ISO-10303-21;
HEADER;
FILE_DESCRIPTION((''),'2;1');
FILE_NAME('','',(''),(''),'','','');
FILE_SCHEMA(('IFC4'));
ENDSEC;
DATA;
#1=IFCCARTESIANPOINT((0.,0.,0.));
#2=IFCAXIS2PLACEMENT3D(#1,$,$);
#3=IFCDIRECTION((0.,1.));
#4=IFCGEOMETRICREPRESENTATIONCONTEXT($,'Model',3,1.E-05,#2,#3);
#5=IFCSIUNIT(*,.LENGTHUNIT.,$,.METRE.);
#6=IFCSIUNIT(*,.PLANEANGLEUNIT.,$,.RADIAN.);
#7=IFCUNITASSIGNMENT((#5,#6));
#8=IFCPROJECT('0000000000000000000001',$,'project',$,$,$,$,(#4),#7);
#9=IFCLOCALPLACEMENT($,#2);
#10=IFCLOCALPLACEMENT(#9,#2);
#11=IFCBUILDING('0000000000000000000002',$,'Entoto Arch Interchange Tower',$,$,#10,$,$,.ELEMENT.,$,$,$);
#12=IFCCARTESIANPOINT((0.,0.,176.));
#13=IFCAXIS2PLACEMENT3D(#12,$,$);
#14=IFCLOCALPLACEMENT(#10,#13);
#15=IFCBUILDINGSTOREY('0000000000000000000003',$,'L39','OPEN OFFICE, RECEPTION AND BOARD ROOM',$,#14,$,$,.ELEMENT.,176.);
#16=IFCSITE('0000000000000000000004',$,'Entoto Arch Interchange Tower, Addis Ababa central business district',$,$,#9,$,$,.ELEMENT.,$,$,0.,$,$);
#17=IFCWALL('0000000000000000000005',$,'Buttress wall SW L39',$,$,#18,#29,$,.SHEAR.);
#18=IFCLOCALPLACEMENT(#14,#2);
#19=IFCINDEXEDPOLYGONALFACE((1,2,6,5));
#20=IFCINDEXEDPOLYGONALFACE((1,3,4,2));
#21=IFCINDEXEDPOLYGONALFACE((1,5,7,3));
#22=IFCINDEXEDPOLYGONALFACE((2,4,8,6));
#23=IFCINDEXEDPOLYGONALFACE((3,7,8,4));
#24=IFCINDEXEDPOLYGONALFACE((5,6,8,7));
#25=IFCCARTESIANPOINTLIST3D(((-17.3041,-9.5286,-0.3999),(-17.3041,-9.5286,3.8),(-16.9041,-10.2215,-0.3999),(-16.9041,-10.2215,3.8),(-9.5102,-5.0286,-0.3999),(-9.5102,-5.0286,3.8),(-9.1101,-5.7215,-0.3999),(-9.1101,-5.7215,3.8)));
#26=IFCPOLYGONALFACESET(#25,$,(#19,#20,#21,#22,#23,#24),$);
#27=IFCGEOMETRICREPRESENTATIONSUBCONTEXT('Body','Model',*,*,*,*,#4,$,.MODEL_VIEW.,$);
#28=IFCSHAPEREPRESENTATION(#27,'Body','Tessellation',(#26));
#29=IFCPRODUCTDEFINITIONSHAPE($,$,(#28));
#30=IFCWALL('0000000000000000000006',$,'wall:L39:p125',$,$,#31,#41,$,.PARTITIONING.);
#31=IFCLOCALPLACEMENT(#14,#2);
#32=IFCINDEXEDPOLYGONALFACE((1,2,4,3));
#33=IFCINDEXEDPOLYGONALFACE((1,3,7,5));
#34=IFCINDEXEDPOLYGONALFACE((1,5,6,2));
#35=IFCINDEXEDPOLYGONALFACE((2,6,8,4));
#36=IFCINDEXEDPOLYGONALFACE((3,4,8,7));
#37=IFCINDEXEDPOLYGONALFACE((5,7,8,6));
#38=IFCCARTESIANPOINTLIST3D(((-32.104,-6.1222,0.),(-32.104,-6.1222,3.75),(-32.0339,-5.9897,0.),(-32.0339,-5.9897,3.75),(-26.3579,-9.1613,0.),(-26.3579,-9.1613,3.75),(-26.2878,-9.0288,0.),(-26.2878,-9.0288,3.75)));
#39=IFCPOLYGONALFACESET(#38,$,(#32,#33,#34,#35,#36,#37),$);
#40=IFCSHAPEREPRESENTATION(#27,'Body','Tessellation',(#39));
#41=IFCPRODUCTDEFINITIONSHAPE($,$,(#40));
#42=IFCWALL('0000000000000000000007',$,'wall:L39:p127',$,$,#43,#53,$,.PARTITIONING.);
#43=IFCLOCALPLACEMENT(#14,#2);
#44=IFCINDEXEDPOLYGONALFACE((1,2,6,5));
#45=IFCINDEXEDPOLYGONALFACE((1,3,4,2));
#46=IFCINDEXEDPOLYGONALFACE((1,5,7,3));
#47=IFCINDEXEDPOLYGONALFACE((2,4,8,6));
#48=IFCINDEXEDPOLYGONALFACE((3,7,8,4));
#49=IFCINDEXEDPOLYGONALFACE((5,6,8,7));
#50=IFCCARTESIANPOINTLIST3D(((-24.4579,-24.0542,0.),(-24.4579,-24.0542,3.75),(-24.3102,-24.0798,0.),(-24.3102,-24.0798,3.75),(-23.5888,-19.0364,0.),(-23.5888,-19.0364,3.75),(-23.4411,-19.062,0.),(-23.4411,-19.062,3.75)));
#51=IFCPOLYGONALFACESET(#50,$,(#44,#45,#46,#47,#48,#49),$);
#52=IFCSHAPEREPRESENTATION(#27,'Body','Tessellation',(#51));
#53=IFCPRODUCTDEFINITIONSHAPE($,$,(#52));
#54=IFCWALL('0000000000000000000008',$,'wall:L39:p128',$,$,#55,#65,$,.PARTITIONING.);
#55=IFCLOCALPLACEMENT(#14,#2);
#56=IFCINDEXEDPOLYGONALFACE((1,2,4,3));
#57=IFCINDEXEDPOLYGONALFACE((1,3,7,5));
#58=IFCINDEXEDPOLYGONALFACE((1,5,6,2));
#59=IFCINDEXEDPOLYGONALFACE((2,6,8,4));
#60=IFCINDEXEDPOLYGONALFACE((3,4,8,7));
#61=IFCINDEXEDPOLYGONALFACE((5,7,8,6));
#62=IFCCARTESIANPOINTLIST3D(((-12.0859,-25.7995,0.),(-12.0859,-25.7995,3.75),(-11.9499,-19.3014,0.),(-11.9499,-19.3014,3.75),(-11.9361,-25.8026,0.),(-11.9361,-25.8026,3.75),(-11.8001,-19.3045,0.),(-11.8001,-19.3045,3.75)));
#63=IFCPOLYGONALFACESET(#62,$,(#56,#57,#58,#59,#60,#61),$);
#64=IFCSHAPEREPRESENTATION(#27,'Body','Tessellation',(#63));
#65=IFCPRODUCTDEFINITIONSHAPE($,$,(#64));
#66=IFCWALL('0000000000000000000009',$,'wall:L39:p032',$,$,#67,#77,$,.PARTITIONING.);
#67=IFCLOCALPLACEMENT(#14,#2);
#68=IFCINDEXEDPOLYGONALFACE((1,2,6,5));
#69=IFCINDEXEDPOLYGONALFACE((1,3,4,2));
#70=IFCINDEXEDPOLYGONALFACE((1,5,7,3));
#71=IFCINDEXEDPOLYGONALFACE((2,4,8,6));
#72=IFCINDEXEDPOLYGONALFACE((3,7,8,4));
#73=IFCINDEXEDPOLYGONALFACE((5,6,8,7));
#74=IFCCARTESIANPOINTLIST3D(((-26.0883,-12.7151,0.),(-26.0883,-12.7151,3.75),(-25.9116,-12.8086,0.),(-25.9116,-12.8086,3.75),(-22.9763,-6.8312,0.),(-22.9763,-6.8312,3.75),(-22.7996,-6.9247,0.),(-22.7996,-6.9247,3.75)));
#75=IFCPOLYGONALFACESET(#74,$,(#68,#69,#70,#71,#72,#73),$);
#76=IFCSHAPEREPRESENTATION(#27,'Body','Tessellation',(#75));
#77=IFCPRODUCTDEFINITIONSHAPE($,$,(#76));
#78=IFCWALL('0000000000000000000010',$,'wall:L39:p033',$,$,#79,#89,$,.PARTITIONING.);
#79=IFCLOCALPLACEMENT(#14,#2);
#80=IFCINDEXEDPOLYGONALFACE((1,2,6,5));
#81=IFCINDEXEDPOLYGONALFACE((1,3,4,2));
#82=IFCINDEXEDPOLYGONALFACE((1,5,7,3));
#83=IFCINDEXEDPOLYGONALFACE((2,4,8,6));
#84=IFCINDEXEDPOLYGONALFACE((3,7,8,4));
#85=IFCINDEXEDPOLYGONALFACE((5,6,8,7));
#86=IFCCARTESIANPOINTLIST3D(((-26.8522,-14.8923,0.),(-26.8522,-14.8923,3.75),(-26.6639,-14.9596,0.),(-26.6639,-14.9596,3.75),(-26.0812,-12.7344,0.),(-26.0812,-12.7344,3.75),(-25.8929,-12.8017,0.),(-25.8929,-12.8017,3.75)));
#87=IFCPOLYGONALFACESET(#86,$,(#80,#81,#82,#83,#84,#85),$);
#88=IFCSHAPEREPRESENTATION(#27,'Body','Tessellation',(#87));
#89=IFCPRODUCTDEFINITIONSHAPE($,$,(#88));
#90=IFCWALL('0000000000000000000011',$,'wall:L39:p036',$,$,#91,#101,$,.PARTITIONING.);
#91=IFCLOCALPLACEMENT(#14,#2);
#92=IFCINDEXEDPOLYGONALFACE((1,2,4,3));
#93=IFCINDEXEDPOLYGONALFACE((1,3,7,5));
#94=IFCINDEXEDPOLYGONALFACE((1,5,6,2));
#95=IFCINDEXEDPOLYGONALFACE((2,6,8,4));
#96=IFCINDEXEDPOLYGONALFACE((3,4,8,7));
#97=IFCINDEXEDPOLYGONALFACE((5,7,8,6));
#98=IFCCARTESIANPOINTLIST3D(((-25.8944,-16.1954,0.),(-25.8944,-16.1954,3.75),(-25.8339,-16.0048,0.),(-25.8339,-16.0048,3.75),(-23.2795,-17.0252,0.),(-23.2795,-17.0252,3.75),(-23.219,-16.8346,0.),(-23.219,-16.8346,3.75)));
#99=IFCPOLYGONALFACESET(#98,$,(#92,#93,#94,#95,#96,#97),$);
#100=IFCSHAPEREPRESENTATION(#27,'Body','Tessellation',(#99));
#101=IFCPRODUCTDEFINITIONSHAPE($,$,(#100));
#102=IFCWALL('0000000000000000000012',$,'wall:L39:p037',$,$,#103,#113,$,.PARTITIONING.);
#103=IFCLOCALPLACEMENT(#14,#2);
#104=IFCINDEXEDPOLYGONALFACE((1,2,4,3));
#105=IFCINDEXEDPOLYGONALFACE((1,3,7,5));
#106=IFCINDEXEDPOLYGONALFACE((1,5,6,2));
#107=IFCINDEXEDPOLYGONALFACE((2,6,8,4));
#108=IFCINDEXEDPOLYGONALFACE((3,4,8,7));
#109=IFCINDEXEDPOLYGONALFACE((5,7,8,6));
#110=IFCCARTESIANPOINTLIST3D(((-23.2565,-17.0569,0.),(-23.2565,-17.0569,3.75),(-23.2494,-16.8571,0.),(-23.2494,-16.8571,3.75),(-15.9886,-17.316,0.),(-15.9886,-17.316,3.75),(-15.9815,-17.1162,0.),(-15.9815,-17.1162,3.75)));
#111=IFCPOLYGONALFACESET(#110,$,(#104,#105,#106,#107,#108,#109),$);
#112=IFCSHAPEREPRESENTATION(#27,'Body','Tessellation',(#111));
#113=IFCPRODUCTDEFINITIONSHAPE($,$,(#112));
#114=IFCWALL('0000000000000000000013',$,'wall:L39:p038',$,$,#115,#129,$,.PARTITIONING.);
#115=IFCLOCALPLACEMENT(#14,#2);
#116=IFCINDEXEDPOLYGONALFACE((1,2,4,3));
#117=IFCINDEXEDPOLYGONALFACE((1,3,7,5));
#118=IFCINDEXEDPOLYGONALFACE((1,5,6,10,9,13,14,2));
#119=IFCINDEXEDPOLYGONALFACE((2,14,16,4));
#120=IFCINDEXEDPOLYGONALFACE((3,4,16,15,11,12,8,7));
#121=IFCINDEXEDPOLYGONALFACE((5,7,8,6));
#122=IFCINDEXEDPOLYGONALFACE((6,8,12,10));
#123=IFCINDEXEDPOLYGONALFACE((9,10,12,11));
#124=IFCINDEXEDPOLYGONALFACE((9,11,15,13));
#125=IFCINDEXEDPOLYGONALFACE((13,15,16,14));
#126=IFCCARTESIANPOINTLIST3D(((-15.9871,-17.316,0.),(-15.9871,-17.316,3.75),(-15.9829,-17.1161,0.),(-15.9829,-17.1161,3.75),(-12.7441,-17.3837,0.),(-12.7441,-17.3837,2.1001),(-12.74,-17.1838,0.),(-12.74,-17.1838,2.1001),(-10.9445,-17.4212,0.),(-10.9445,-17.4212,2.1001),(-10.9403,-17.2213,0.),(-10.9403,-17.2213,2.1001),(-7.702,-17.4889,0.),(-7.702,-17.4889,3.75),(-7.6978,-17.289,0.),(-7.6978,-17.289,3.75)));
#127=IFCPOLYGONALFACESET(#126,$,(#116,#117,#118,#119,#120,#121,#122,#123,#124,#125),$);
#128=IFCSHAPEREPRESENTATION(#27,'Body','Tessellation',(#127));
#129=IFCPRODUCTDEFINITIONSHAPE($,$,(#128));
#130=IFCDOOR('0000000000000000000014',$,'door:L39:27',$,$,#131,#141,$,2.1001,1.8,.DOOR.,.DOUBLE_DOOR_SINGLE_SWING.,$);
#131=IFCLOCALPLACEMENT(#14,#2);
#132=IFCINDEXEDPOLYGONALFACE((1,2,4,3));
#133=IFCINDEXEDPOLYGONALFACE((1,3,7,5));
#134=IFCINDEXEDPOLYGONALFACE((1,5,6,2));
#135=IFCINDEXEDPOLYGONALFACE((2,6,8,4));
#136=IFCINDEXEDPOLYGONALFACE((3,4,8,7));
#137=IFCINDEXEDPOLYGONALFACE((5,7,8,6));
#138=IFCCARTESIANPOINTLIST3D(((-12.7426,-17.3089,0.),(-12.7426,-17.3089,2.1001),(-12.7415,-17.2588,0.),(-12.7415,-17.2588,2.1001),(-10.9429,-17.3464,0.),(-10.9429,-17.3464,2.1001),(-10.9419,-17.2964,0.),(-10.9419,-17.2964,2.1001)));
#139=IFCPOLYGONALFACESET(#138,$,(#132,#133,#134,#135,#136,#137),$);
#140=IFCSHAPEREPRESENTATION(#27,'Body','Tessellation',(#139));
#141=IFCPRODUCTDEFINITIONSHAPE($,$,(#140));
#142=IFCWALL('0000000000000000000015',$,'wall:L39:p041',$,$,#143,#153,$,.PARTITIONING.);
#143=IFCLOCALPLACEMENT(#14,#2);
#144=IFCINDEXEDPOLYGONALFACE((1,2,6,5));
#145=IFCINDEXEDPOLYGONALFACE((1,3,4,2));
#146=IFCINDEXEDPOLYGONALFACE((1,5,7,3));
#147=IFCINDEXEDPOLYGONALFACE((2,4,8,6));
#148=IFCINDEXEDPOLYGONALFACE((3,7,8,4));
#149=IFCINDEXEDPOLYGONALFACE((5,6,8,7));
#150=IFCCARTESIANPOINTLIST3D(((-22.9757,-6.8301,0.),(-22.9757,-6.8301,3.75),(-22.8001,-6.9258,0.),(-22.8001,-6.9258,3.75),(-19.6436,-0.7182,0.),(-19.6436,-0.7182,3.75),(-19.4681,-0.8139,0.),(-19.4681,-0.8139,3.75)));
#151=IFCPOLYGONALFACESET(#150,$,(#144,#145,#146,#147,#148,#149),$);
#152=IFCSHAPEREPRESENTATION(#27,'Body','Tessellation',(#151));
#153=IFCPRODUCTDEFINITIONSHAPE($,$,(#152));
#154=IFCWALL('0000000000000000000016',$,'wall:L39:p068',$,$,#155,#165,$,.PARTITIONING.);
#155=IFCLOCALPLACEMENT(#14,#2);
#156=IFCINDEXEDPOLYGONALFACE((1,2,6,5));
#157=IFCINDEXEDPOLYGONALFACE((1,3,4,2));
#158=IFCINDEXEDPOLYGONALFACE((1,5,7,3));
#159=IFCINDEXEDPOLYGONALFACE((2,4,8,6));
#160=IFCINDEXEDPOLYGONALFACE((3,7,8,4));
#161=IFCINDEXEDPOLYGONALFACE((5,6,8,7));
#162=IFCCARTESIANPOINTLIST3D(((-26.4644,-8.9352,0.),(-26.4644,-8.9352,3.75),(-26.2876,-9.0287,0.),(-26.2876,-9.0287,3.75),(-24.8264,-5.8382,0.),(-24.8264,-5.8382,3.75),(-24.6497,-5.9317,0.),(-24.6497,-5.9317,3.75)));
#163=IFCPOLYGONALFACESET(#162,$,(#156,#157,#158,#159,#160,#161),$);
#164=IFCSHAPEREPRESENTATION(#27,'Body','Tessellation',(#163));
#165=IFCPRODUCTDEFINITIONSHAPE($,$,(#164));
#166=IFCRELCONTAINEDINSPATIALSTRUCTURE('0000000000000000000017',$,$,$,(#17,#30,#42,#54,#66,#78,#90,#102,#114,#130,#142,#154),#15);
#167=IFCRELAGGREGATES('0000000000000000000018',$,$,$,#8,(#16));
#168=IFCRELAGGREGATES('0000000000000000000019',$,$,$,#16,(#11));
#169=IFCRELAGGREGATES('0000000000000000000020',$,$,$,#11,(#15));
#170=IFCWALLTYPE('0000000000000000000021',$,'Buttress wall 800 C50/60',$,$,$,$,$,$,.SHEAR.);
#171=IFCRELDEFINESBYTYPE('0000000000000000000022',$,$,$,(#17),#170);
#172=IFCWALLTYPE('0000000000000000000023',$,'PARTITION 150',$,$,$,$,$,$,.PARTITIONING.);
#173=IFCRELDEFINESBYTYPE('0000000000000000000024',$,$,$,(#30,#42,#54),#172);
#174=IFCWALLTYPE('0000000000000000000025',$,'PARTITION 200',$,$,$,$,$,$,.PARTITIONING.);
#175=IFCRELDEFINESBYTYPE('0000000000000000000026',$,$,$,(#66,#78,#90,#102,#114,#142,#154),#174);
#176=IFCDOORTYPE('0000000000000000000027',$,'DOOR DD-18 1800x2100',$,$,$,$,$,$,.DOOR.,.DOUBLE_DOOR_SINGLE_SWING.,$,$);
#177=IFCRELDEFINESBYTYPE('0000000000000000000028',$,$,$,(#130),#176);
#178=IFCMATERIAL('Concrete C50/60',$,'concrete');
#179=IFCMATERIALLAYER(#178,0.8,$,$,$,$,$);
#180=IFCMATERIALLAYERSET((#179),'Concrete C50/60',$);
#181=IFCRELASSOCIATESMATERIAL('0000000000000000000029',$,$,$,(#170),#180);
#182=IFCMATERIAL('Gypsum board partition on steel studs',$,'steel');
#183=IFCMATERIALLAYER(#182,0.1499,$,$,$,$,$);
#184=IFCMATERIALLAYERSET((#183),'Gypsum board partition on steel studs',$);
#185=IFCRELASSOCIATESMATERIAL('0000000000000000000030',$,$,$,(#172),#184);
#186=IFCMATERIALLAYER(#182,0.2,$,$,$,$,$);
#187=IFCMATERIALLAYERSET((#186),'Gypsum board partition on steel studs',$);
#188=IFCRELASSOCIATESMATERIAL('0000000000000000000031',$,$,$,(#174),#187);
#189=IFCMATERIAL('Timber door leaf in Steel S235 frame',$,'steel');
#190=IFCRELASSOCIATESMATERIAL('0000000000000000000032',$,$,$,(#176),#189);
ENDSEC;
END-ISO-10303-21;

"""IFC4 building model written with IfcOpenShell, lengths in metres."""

from ifc_helpers import new_model, si_unit, direction, frame, frame_2d, origin, place, context, subcontext, project, spatial, rectangle, extrude, material, layer, layer_set, type_object, element, fill, save


model = new_model("IFC4")

# Units and contexts
model_context = context("Model", 3, precision=1e-05, world=origin(), true_north=direction((0.0, 1.0)))
body_context = subcontext(model_context, "Body", "Model", "MODEL_VIEW")
ifc_project = project(units=[si_unit("LENGTHUNIT", "METRE"), si_unit("PLANEANGLEUNIT", "RADIAN")], contexts=[model_context])

# Site, building, storey
site_placement = place(None, origin())
site = spatial("IfcSite", under=ifc_project, at=site_placement, Name="Entoto Arch Interchange Tower, Addis Ababa central business district", CompositionType="ELEMENT", RefElevation=0.0)
building_placement = place(site_placement, origin())
building = spatial("IfcBuilding", under=site, at=building_placement, Name="Entoto Arch Interchange Tower", CompositionType="ELEMENT")
storey_placement = place(building_placement, frame((0.0, 0.0, 176.0)))
storey = spatial("IfcBuildingStorey", under=building, at=storey_placement, Name="L39", Description="OPEN OFFICE, RECEPTION AND BOARD ROOM", CompositionType="ELEMENT", Elevation=176.0)

# Walls
ifc_material_1 = material(Name="Concrete C50/60", Category="concrete")
ifc_layer_1 = layer(ifc_material_1, 0.8)
ifc_layer_set_1 = layer_set([ifc_layer_1], Name="Concrete C50/60")
wall_type_1 = type_object("IfcWallType", Name="Buttress wall 800 C50/60", PredefinedType="SHEAR", material=ifc_layer_set_1)
wall_1_placement = place(storey_placement, frame((-9.3101, -5.375, -0.3999), z_axis=(0.0, 0.0, 1.0), x_axis=(-0.866018, -0.500014, 0.0)))
element("IfcWall", 1, at=wall_1_placement, inside=storey, type_object=wall_type_1, Name="Buttress wall SW L39", PredefinedType="SHEAR", context=body_context, shape_type="SweptSolid", body=[
    extrude(rectangle(XDim=8.9998, YDim=0.8, at=frame_2d((4.5, 0.0))), origin(), (0.0, 0.0, 1.0), 4.2),
])
ifc_material_2 = material(Name="Gypsum board partition on steel studs", Category="steel")
ifc_layer_2 = layer(ifc_material_2, 0.1499)
ifc_layer_set_2 = layer_set([ifc_layer_2], Name="Gypsum board partition on steel studs")
wall_type_2 = type_object("IfcWallType", Name="PARTITION 150", PredefinedType="PARTITIONING", material=ifc_layer_set_2)
wall_2_placement = place(storey_placement, frame((-26.323, -9.095, 0.0), z_axis=(0.0, 0.0, 1.0), x_axis=(-0.883978, 0.467529, 0.0)))
element("IfcWall", 2, at=wall_2_placement, inside=storey, type_object=wall_type_2, Name="wall:L39:p125", PredefinedType="PARTITIONING", context=body_context, shape_type="SweptSolid", body=[
    extrude(rectangle(XDim=6.5002, YDim=0.1499, at=frame_2d((3.25, 0.0))), origin(), (0.0, 0.0, 1.0), 3.75),
])
wall_3_placement = place(storey_placement, frame((-23.5149, -19.0491, 0.0), z_axis=(0.0, 0.0, 1.0), x_axis=(-0.170669, -0.985328, 0.0)))
element("IfcWall", 3, at=wall_3_placement, inside=storey, type_object=wall_type_2, Name="wall:L39:p127", PredefinedType="PARTITIONING", context=body_context, shape_type="SweptSolid", body=[
    extrude(rectangle(XDim=5.0925, YDim=0.1499, at=frame_2d((2.5464, 0.0))), origin(), (0.0, 0.0, 1.0), 3.75),
])
wall_4_placement = place(storey_placement, frame((-11.875, -19.303, 0.0), z_axis=(0.0, 0.0, 1.0), x_axis=(-0.020923, -0.999781, 0.0)))
element("IfcWall", 4, at=wall_4_placement, inside=storey, type_object=wall_type_2, Name="wall:L39:p128", PredefinedType="PARTITIONING", context=body_context, shape_type="SweptSolid", body=[
    extrude(rectangle(XDim=6.4995, YDim=0.1499, at=frame_2d((3.2498, 0.0))), origin(), (0.0, 0.0, 1.0), 3.75),
])
ifc_layer_3 = layer(ifc_material_2, 0.2)
ifc_layer_set_3 = layer_set([ifc_layer_3], Name="Gypsum board partition on steel studs")
wall_type_3 = type_object("IfcWallType", Name="PARTITION 200", PredefinedType="PARTITIONING", material=ifc_layer_set_3)
wall_5_placement = place(storey_placement, frame((-22.8879, -6.8779, 0.0), z_axis=(0.0, 0.0, 1.0), x_axis=(-0.467534, -0.883975, 0.0)))
element("IfcWall", 5, at=wall_5_placement, inside=storey, type_object=wall_type_3, Name="wall:L39:p032", PredefinedType="PARTITIONING", context=body_context, shape_type="SweptSolid", body=[
    extrude(rectangle(XDim=6.6562, YDim=0.2, at=frame_2d((3.3281, 0.0))), origin(), (0.0, 0.0, 1.0), 3.75),
])
wall_6_placement = place(storey_placement, frame((-25.9871, -12.7681, 0.0), z_axis=(0.0, 0.0, 1.0), x_axis=(-0.336451, -0.941701, 0.0)))
element("IfcWall", 6, at=wall_6_placement, inside=storey, type_object=wall_type_3, Name="wall:L39:p033", PredefinedType="PARTITIONING", context=body_context, shape_type="SweptSolid", body=[
    extrude(rectangle(XDim=2.2915, YDim=0.2, at=frame_2d((1.1458, 0.0))), origin(), (0.0, 0.0, 1.0), 3.75),
])
wall_7_placement = place(storey_placement, frame((-25.864, -16.1001, 0.0), z_axis=(0.0, 0.0, 1.0), x_axis=(0.953158, -0.302473, 0.0)))
element("IfcWall", 7, at=wall_7_placement, inside=storey, type_object=wall_type_3, Name="wall:L39:p036", PredefinedType="PARTITIONING", context=body_context, shape_type="SweptSolid", body=[
    extrude(rectangle(XDim=2.7434, YDim=0.2, at=frame_2d((1.3716, 0.0))), origin(), (0.0, 0.0, 1.0), 3.75),
])
wall_8_placement = place(storey_placement, frame((-23.2529, -16.957, 0.0), z_axis=(0.0, 0.0, 1.0), x_axis=(0.999365, -0.035618, 0.0)))
element("IfcWall", 8, at=wall_8_placement, inside=storey, type_object=wall_type_3, Name="wall:L39:p037", PredefinedType="PARTITIONING", context=body_context, shape_type="SweptSolid", body=[
    extrude(rectangle(XDim=7.2725, YDim=0.2, at=frame_2d((3.6362, 0.0))), origin(), (0.0, 0.0, 1.0), 3.75),
])

# Wall, opening, door
wall_9_placement = place(storey_placement, frame((-15.9851, -17.2161, 0.0), z_axis=(0.0, 0.0, 1.0), x_axis=(0.999782, -0.020858, 0.0)))
wall_9 = element("IfcWall", 9, at=wall_9_placement, inside=storey, type_object=wall_type_3, Name="wall:L39:p038", PredefinedType="PARTITIONING", context=body_context, shape_type="SweptSolid", body=[
    extrude(rectangle(XDim=8.2869, YDim=0.2, at=frame_2d((4.1436, 0.0))), origin(), (0.0, 0.0, 1.0), 3.75),
])
opening_1_placement = place(wall_9_placement, frame((3.2439, 0.0, 0.0)))
opening_1 = element("IfcOpeningElement", 10, at=opening_1_placement, cuts=wall_9, PredefinedType="OPENING", context=body_context, shape_type="SweptSolid", body=[
    extrude(rectangle(XDim=1.8, YDim=2.1001, at=frame_2d((0.8999, 1.05))), frame((0.0, 0.1099, 0.0), z_axis=(0.0, -1.0, 0.0), x_axis=(1.0, 0.0, 0.0)), (0.0, 0.0, 1.0), 0.22),
])
ifc_material_3 = material(Name="Timber door leaf in Steel S235 frame", Category="steel")
door_type_1 = type_object("IfcDoorType", Name="DOOR DD-18 1800x2100", OperationType="DOUBLE_DOOR_SINGLE_SWING", PredefinedType="DOOR", material=ifc_material_3)
door_1_placement = place(opening_1_placement, origin())
door_1 = element("IfcDoor", 11, at=door_1_placement, inside=storey, type_object=door_type_1, Name="door:L39:27", OperationType="DOUBLE_DOOR_SINGLE_SWING", OverallHeight=2.1001, OverallWidth=1.8, PredefinedType="DOOR", context=body_context, shape_type="SweptSolid", body=[
    extrude(rectangle(XDim=1.8, YDim=2.1001, at=frame_2d((0.8999, 1.05))), frame((0.0, 0.0249, 0.0), z_axis=(0.0, -1.0, 0.0), x_axis=(1.0, 0.0, 0.0)), (0.0, 0.0, 1.0), 0.05),
])
fill(opening_1, door_1)

# Walls
wall_10_placement = place(storey_placement, frame((-19.5559, -0.7661, 0.0), z_axis=(0.0, 0.0, 1.0), x_axis=(-0.478665, -0.877997, 0.0)))
element("IfcWall", 12, at=wall_10_placement, inside=storey, type_object=wall_type_3, Name="wall:L39:p041", PredefinedType="PARTITIONING", context=body_context, shape_type="SweptSolid", body=[
    extrude(rectangle(XDim=6.9612, YDim=0.2, at=frame_2d((3.4805, 0.0))), origin(), (0.0, 0.0, 1.0), 3.75),
])
wall_11_placement = place(storey_placement, frame((-26.376, -8.9819, 0.0), z_axis=(0.0, 0.0, 1.0), x_axis=(0.467529, 0.883978, 0.0)))
element("IfcWall", 13, at=wall_11_placement, inside=storey, type_object=wall_type_3, Name="wall:L39:p068", PredefinedType="PARTITIONING", context=body_context, shape_type="SweptSolid", body=[
    extrude(rectangle(XDim=3.5034, YDim=0.2, at=frame_2d((1.7517, 0.0))), origin(), (0.0, 0.0, 1.0), 3.75),
])

save(model, "model.ifc")
